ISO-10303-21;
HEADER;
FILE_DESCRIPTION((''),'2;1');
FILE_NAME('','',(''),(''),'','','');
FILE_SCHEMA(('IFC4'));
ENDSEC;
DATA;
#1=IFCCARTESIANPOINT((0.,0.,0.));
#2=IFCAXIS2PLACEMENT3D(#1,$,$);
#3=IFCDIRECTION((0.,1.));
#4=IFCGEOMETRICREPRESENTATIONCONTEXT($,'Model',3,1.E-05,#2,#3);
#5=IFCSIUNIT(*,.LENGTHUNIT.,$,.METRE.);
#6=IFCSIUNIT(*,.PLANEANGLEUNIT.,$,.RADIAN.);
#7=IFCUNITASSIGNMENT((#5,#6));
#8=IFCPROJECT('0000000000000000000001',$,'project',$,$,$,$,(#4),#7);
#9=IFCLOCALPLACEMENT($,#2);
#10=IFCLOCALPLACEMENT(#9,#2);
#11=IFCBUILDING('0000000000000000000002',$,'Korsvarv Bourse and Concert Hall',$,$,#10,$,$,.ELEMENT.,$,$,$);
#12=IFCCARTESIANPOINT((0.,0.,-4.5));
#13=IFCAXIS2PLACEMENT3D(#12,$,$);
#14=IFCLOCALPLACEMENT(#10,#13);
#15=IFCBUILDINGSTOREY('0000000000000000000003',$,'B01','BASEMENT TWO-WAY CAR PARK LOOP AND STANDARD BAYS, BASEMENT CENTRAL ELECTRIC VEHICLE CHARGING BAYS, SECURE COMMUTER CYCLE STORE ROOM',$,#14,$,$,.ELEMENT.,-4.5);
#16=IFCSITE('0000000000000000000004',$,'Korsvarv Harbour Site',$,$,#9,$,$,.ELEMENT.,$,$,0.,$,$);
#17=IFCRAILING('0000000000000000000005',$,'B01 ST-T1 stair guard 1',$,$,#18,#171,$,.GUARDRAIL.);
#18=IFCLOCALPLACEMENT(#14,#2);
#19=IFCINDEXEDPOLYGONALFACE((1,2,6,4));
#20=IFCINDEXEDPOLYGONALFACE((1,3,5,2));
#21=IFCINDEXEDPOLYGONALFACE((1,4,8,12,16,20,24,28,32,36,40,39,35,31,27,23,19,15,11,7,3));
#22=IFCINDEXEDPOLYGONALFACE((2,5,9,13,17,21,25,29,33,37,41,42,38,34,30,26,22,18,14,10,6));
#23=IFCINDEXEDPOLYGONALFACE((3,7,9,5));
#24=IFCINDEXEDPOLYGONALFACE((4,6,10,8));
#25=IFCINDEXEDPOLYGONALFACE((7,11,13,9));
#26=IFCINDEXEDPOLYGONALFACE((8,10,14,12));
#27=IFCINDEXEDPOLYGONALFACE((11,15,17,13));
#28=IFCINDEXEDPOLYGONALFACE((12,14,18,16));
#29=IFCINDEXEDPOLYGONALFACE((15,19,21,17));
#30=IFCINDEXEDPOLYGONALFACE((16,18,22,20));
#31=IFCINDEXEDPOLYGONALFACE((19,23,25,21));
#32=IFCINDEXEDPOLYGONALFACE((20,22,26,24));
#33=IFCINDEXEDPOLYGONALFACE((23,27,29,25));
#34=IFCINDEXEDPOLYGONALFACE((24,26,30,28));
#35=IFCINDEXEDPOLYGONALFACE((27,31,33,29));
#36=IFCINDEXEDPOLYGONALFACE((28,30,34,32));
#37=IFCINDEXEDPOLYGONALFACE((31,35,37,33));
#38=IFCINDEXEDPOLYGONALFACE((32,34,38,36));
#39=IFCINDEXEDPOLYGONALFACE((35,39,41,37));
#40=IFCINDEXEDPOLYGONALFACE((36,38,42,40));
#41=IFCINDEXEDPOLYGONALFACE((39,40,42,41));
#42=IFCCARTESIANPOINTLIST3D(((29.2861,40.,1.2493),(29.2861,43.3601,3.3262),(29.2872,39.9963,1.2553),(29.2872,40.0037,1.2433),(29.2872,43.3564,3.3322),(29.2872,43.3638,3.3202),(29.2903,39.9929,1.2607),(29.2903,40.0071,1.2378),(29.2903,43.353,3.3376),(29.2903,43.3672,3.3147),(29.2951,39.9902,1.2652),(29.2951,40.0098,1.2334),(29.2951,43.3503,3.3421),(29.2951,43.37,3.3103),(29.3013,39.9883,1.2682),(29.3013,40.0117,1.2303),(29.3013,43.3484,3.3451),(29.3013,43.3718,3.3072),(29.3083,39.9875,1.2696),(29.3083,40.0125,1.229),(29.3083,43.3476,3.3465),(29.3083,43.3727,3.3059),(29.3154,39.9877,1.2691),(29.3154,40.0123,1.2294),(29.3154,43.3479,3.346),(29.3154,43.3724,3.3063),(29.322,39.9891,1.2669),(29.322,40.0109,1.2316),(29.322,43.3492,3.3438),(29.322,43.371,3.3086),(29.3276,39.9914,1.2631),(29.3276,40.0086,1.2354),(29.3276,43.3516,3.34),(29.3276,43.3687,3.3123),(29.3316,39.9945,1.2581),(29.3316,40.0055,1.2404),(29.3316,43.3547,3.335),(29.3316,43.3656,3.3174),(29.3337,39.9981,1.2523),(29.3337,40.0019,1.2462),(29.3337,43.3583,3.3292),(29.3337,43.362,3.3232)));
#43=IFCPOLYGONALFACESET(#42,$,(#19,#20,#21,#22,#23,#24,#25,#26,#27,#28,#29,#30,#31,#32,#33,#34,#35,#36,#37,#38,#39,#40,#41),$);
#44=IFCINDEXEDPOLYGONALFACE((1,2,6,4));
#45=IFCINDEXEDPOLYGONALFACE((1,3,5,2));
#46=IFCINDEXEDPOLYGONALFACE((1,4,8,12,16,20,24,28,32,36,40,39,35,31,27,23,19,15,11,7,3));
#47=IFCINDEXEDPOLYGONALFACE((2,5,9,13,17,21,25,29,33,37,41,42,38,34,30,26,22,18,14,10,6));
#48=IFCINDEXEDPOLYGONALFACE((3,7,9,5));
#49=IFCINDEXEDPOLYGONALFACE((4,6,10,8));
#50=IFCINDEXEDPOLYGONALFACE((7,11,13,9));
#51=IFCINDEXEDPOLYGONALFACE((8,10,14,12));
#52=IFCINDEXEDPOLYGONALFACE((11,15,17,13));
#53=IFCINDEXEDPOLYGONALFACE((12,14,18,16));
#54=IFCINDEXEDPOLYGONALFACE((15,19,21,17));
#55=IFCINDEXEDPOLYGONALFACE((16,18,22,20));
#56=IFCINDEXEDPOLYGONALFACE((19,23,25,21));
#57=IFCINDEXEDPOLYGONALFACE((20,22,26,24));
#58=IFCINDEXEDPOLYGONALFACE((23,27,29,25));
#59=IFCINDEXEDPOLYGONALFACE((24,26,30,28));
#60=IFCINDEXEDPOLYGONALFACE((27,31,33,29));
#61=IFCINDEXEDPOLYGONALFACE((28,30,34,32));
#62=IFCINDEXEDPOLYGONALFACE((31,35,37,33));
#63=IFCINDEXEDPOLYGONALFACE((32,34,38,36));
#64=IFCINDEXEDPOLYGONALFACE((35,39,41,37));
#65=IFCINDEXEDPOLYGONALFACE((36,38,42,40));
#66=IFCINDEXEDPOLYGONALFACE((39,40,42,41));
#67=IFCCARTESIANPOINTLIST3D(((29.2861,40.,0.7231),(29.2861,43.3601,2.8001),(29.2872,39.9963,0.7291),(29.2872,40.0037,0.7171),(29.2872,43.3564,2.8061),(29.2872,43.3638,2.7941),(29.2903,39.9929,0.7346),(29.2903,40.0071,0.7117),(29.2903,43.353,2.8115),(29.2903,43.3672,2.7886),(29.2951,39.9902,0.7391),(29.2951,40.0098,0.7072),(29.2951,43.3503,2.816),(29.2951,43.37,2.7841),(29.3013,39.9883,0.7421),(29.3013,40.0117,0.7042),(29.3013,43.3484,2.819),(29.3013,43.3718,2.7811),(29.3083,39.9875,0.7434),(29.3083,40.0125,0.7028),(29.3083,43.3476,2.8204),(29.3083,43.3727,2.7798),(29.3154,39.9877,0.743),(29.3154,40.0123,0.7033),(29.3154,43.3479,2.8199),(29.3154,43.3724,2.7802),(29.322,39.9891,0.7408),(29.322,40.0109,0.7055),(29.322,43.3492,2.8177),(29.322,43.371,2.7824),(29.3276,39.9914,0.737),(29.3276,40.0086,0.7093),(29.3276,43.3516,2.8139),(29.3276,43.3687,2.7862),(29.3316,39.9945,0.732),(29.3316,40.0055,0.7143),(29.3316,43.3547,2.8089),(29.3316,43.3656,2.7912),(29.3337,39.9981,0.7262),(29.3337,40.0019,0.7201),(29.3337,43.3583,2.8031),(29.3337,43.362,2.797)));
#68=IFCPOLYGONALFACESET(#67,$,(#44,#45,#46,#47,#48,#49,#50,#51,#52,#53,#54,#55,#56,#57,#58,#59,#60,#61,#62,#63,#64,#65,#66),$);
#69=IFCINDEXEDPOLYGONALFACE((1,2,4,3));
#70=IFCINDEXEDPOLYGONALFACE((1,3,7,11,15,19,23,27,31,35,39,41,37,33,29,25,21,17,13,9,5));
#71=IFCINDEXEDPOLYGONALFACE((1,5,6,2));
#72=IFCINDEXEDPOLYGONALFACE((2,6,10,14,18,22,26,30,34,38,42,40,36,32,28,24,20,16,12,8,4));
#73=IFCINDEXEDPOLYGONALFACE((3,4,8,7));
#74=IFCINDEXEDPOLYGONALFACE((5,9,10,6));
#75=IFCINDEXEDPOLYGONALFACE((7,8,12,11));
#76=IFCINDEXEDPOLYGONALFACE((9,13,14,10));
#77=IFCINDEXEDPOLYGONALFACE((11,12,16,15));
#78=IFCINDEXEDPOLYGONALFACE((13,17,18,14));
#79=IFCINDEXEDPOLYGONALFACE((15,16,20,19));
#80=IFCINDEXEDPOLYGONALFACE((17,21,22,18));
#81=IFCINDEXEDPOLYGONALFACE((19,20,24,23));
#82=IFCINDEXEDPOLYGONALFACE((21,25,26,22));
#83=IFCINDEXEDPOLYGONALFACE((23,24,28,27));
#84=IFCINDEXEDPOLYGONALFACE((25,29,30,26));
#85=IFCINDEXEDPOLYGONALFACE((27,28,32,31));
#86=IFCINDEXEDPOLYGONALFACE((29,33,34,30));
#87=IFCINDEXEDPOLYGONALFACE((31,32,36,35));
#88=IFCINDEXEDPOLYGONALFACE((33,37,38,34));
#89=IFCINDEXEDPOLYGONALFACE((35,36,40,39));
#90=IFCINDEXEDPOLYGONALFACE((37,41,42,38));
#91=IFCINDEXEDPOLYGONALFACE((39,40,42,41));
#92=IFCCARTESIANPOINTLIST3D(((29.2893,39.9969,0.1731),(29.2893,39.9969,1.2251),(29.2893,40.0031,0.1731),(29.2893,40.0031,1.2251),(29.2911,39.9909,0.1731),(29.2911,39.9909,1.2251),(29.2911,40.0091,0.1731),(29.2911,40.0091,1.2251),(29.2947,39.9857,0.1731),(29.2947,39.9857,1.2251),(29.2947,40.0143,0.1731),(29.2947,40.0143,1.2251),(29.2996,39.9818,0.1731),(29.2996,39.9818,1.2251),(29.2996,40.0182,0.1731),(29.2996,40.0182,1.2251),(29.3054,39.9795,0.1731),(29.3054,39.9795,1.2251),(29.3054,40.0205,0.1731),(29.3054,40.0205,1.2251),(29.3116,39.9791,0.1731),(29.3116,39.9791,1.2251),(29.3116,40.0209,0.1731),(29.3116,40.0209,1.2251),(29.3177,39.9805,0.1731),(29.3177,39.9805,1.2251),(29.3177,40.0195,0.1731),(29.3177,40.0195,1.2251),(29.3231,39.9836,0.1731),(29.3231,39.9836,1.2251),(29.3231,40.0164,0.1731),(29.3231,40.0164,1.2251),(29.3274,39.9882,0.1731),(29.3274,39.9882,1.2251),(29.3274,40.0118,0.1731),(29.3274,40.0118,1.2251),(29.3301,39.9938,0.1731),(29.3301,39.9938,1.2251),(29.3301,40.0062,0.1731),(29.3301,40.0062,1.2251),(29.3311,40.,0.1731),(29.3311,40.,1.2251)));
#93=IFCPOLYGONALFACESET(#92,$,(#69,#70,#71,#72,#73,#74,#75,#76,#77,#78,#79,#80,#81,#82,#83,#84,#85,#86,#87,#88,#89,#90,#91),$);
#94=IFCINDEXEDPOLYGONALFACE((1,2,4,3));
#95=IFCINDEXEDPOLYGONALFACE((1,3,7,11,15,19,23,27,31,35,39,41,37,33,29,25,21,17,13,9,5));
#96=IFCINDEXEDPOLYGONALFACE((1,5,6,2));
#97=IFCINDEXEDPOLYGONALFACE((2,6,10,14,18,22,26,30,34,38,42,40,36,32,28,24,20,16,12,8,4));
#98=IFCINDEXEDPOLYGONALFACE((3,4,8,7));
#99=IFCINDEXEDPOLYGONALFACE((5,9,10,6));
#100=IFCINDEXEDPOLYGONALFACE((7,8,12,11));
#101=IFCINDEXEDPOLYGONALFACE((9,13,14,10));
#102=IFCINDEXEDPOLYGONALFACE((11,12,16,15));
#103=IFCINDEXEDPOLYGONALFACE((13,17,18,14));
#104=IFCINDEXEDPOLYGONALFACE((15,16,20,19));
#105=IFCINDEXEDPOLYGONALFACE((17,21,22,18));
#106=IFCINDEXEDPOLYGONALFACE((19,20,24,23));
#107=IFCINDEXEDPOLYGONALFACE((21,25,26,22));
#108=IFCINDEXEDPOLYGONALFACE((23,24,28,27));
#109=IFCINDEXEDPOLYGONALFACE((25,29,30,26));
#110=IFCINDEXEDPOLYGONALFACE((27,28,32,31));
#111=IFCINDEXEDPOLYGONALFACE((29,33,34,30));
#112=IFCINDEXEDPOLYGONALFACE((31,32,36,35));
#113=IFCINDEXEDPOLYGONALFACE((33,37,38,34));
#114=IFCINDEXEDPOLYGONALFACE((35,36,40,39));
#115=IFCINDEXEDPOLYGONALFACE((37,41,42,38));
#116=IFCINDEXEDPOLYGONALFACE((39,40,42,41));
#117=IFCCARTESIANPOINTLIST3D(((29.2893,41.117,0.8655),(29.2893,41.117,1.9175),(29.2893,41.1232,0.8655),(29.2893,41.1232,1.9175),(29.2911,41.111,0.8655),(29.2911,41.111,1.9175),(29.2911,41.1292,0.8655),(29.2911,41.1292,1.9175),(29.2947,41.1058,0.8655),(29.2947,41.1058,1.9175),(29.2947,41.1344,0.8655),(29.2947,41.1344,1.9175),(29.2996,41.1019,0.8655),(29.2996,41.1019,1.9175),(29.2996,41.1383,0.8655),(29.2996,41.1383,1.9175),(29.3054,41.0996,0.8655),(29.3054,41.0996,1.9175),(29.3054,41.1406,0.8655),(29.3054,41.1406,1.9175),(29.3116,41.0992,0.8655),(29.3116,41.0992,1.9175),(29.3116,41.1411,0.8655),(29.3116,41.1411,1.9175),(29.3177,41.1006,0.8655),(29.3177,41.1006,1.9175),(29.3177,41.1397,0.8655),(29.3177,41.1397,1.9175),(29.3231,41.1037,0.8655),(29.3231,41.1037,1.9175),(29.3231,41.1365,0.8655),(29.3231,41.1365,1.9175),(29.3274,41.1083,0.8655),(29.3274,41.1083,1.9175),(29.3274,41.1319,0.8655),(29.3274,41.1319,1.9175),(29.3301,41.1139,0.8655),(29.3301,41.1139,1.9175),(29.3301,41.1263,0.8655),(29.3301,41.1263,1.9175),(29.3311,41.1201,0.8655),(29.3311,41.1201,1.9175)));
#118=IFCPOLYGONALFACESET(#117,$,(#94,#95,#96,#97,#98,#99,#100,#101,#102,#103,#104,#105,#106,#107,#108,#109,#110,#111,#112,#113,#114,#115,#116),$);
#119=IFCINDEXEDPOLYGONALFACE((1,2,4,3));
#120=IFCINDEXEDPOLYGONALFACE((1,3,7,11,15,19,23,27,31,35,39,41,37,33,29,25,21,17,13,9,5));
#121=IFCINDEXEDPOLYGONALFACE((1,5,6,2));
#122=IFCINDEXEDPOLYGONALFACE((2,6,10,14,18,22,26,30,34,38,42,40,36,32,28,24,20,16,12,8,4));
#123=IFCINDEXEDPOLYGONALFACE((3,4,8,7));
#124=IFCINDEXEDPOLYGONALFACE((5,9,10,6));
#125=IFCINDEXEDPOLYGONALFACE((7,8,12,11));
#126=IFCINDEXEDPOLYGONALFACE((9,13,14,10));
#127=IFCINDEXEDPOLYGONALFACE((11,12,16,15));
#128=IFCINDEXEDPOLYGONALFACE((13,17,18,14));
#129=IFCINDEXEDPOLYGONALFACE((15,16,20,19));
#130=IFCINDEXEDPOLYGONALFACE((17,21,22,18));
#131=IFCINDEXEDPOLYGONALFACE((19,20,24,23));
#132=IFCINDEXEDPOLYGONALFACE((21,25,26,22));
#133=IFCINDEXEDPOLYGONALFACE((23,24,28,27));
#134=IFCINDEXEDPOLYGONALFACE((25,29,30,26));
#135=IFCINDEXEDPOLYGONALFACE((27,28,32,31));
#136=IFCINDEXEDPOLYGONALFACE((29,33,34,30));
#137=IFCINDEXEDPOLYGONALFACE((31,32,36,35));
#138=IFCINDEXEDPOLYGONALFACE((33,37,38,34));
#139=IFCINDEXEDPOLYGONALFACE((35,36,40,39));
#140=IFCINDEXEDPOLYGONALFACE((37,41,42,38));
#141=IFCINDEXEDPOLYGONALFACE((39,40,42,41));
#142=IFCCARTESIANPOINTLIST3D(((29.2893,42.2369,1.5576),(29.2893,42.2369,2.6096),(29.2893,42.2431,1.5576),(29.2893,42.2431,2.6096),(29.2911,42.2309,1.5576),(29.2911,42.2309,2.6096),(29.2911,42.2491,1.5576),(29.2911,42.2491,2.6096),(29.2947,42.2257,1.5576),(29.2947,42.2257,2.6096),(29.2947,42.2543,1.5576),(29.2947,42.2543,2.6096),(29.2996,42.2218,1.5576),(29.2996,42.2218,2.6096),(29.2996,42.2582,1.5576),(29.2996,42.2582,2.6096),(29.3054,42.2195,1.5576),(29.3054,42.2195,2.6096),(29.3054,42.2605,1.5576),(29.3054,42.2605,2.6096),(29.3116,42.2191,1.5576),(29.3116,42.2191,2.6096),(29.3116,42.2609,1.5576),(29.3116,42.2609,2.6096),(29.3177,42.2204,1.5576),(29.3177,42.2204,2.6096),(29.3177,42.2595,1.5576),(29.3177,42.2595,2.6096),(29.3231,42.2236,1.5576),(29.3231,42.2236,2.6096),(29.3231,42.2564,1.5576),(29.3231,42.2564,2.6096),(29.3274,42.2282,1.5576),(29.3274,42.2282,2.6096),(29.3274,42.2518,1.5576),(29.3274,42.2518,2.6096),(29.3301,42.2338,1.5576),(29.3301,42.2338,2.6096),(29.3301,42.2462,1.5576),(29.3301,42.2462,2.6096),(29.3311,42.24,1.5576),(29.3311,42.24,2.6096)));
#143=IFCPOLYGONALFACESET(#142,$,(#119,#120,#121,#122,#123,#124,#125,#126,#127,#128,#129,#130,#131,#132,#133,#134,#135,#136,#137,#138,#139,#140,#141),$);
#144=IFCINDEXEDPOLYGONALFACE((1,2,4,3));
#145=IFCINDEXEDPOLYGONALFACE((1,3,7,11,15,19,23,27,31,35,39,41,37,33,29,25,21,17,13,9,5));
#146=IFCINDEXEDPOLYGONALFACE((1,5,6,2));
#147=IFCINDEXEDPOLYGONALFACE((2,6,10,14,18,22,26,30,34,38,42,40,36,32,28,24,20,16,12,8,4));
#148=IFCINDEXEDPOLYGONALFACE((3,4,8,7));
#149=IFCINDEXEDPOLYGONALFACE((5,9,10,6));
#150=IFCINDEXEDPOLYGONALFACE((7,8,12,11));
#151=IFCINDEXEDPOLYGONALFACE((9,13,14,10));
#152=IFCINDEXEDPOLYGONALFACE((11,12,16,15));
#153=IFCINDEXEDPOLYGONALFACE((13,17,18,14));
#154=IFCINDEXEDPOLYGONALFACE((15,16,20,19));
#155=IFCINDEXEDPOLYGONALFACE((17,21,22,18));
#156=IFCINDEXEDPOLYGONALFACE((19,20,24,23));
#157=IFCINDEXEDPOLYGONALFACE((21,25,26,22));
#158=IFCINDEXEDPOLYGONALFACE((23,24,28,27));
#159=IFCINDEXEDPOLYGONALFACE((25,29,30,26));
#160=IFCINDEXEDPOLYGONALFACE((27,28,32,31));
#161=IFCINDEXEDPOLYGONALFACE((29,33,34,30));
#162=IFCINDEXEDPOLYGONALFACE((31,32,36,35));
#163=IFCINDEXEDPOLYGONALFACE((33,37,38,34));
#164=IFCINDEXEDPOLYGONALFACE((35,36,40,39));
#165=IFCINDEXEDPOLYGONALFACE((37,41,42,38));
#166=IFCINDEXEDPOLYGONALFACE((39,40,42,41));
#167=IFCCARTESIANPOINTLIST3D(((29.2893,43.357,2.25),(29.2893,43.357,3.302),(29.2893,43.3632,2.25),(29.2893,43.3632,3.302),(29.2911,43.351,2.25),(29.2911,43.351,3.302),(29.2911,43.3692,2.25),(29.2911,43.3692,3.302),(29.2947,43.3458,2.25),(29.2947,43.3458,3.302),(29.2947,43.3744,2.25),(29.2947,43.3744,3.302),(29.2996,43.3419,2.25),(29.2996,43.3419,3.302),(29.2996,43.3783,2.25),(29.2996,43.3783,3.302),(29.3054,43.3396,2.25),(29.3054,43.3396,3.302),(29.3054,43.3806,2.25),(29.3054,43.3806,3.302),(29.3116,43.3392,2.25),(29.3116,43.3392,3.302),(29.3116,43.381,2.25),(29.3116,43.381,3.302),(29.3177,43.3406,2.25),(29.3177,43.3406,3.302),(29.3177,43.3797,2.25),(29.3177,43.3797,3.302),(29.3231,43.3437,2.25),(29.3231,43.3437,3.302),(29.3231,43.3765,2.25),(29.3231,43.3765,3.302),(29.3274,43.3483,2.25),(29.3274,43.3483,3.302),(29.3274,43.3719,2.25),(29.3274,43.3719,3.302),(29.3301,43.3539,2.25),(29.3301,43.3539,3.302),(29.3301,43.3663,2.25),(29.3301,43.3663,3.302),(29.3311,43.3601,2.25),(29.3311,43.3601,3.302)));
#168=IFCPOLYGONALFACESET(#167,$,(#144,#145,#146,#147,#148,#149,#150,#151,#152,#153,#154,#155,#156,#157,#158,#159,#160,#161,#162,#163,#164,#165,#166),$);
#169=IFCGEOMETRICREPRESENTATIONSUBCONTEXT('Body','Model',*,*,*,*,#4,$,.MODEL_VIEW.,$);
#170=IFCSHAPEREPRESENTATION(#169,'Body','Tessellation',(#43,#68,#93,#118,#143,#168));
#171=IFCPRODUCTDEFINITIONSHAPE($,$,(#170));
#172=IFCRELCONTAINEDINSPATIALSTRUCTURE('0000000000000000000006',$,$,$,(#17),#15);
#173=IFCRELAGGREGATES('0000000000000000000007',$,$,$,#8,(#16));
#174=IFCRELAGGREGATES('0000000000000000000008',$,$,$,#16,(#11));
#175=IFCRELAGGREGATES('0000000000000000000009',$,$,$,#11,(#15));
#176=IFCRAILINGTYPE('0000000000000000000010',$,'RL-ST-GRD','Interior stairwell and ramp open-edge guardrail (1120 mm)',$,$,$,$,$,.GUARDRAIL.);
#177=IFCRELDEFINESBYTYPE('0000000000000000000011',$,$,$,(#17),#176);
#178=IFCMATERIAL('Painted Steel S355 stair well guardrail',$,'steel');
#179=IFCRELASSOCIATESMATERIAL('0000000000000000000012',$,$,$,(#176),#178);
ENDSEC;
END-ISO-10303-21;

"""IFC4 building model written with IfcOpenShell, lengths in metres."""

from ifc_helpers import new_model, si_unit, direction, frame, origin, origin_2d, place, context, subcontext, project, spatial, circle, extrude, material, type_object, element, save


model = new_model("IFC4")

# Units and contexts
model_context = context("Model", 3, precision=1e-05, world=origin(), true_north=direction((0.0, 1.0)))
body_context = subcontext(model_context, "Body", "Model", "MODEL_VIEW")
ifc_project = project(units=[si_unit("LENGTHUNIT", "METRE"), si_unit("PLANEANGLEUNIT", "RADIAN")], contexts=[model_context])

# Site, building, storey
site_placement = place(None, origin())
site = spatial("IfcSite", under=ifc_project, at=site_placement, Name="Korsvarv Harbour Site", CompositionType="ELEMENT", RefElevation=0.0)
building_placement = place(site_placement, origin())
building = spatial("IfcBuilding", under=site, at=building_placement, Name="Korsvarv Bourse and Concert Hall", CompositionType="ELEMENT")
storey_placement = place(building_placement, frame((0.0, 0.0, -4.5)))
storey = spatial("IfcBuildingStorey", under=building, at=storey_placement, Name="B01", Description="BASEMENT TWO-WAY CAR PARK LOOP AND STANDARD BAYS, BASEMENT CENTRAL ELECTRIC VEHICLE CHARGING BAYS, SECURE COMMUTER CYCLE STORE ROOM", CompositionType="ELEMENT", Elevation=-4.5)

# Railing
ifc_material_1 = material(Name="Painted Steel S355 stair well guardrail", Category="steel")
railing_type_1 = type_object("IfcRailingType", Name="RL-ST-GRD", Description="Interior stairwell and ramp open-edge guardrail (1120 mm)", PredefinedType="GUARDRAIL", material=ifc_material_1)
railing_1_placement = place(storey_placement, frame((29.3101, 40.0, 0.1731)))
element("IfcRailing", 1, at=railing_1_placement, inside=storey, type_object=railing_type_1, Name="B01 ST-T1 stair guard 1", PredefinedType="GUARDRAIL", context=body_context, shape_type="SweptSolid", body=[
    extrude(circle(Radius=0.0239, at=origin_2d()), frame((0.0, 0.0, 1.0762), z_axis=(0.0, 0.850623, 0.525776), x_axis=(-1.0, 0.0, 0.0)), (0.0, 0.0, 1.0), 3.9502),
    extrude(circle(Radius=0.0239, at=origin_2d()), frame((0.0, 0.0, 0.55), z_axis=(0.0, 0.850623, 0.525776), x_axis=(-1.0, 0.0, 0.0)), (0.0, 0.0, 1.0), 3.9502),
    extrude(circle(Radius=0.021, at=origin_2d()), origin(), (0.0, 0.0, 1.0), 1.052),
    extrude(circle(Radius=0.021, at=origin_2d()), frame((0.0, 1.1201, 0.6924)), (0.0, 0.0, 1.0), 1.052),
    extrude(circle(Radius=0.021, at=origin_2d()), frame((0.0, 2.24, 1.3845)), (0.0, 0.0, 1.0), 1.052),
    extrude(circle(Radius=0.021, at=origin_2d()), frame((0.0, 3.3601, 2.0769)), (0.0, 0.0, 1.0), 1.052),
])

save(model, "model.ifc")
